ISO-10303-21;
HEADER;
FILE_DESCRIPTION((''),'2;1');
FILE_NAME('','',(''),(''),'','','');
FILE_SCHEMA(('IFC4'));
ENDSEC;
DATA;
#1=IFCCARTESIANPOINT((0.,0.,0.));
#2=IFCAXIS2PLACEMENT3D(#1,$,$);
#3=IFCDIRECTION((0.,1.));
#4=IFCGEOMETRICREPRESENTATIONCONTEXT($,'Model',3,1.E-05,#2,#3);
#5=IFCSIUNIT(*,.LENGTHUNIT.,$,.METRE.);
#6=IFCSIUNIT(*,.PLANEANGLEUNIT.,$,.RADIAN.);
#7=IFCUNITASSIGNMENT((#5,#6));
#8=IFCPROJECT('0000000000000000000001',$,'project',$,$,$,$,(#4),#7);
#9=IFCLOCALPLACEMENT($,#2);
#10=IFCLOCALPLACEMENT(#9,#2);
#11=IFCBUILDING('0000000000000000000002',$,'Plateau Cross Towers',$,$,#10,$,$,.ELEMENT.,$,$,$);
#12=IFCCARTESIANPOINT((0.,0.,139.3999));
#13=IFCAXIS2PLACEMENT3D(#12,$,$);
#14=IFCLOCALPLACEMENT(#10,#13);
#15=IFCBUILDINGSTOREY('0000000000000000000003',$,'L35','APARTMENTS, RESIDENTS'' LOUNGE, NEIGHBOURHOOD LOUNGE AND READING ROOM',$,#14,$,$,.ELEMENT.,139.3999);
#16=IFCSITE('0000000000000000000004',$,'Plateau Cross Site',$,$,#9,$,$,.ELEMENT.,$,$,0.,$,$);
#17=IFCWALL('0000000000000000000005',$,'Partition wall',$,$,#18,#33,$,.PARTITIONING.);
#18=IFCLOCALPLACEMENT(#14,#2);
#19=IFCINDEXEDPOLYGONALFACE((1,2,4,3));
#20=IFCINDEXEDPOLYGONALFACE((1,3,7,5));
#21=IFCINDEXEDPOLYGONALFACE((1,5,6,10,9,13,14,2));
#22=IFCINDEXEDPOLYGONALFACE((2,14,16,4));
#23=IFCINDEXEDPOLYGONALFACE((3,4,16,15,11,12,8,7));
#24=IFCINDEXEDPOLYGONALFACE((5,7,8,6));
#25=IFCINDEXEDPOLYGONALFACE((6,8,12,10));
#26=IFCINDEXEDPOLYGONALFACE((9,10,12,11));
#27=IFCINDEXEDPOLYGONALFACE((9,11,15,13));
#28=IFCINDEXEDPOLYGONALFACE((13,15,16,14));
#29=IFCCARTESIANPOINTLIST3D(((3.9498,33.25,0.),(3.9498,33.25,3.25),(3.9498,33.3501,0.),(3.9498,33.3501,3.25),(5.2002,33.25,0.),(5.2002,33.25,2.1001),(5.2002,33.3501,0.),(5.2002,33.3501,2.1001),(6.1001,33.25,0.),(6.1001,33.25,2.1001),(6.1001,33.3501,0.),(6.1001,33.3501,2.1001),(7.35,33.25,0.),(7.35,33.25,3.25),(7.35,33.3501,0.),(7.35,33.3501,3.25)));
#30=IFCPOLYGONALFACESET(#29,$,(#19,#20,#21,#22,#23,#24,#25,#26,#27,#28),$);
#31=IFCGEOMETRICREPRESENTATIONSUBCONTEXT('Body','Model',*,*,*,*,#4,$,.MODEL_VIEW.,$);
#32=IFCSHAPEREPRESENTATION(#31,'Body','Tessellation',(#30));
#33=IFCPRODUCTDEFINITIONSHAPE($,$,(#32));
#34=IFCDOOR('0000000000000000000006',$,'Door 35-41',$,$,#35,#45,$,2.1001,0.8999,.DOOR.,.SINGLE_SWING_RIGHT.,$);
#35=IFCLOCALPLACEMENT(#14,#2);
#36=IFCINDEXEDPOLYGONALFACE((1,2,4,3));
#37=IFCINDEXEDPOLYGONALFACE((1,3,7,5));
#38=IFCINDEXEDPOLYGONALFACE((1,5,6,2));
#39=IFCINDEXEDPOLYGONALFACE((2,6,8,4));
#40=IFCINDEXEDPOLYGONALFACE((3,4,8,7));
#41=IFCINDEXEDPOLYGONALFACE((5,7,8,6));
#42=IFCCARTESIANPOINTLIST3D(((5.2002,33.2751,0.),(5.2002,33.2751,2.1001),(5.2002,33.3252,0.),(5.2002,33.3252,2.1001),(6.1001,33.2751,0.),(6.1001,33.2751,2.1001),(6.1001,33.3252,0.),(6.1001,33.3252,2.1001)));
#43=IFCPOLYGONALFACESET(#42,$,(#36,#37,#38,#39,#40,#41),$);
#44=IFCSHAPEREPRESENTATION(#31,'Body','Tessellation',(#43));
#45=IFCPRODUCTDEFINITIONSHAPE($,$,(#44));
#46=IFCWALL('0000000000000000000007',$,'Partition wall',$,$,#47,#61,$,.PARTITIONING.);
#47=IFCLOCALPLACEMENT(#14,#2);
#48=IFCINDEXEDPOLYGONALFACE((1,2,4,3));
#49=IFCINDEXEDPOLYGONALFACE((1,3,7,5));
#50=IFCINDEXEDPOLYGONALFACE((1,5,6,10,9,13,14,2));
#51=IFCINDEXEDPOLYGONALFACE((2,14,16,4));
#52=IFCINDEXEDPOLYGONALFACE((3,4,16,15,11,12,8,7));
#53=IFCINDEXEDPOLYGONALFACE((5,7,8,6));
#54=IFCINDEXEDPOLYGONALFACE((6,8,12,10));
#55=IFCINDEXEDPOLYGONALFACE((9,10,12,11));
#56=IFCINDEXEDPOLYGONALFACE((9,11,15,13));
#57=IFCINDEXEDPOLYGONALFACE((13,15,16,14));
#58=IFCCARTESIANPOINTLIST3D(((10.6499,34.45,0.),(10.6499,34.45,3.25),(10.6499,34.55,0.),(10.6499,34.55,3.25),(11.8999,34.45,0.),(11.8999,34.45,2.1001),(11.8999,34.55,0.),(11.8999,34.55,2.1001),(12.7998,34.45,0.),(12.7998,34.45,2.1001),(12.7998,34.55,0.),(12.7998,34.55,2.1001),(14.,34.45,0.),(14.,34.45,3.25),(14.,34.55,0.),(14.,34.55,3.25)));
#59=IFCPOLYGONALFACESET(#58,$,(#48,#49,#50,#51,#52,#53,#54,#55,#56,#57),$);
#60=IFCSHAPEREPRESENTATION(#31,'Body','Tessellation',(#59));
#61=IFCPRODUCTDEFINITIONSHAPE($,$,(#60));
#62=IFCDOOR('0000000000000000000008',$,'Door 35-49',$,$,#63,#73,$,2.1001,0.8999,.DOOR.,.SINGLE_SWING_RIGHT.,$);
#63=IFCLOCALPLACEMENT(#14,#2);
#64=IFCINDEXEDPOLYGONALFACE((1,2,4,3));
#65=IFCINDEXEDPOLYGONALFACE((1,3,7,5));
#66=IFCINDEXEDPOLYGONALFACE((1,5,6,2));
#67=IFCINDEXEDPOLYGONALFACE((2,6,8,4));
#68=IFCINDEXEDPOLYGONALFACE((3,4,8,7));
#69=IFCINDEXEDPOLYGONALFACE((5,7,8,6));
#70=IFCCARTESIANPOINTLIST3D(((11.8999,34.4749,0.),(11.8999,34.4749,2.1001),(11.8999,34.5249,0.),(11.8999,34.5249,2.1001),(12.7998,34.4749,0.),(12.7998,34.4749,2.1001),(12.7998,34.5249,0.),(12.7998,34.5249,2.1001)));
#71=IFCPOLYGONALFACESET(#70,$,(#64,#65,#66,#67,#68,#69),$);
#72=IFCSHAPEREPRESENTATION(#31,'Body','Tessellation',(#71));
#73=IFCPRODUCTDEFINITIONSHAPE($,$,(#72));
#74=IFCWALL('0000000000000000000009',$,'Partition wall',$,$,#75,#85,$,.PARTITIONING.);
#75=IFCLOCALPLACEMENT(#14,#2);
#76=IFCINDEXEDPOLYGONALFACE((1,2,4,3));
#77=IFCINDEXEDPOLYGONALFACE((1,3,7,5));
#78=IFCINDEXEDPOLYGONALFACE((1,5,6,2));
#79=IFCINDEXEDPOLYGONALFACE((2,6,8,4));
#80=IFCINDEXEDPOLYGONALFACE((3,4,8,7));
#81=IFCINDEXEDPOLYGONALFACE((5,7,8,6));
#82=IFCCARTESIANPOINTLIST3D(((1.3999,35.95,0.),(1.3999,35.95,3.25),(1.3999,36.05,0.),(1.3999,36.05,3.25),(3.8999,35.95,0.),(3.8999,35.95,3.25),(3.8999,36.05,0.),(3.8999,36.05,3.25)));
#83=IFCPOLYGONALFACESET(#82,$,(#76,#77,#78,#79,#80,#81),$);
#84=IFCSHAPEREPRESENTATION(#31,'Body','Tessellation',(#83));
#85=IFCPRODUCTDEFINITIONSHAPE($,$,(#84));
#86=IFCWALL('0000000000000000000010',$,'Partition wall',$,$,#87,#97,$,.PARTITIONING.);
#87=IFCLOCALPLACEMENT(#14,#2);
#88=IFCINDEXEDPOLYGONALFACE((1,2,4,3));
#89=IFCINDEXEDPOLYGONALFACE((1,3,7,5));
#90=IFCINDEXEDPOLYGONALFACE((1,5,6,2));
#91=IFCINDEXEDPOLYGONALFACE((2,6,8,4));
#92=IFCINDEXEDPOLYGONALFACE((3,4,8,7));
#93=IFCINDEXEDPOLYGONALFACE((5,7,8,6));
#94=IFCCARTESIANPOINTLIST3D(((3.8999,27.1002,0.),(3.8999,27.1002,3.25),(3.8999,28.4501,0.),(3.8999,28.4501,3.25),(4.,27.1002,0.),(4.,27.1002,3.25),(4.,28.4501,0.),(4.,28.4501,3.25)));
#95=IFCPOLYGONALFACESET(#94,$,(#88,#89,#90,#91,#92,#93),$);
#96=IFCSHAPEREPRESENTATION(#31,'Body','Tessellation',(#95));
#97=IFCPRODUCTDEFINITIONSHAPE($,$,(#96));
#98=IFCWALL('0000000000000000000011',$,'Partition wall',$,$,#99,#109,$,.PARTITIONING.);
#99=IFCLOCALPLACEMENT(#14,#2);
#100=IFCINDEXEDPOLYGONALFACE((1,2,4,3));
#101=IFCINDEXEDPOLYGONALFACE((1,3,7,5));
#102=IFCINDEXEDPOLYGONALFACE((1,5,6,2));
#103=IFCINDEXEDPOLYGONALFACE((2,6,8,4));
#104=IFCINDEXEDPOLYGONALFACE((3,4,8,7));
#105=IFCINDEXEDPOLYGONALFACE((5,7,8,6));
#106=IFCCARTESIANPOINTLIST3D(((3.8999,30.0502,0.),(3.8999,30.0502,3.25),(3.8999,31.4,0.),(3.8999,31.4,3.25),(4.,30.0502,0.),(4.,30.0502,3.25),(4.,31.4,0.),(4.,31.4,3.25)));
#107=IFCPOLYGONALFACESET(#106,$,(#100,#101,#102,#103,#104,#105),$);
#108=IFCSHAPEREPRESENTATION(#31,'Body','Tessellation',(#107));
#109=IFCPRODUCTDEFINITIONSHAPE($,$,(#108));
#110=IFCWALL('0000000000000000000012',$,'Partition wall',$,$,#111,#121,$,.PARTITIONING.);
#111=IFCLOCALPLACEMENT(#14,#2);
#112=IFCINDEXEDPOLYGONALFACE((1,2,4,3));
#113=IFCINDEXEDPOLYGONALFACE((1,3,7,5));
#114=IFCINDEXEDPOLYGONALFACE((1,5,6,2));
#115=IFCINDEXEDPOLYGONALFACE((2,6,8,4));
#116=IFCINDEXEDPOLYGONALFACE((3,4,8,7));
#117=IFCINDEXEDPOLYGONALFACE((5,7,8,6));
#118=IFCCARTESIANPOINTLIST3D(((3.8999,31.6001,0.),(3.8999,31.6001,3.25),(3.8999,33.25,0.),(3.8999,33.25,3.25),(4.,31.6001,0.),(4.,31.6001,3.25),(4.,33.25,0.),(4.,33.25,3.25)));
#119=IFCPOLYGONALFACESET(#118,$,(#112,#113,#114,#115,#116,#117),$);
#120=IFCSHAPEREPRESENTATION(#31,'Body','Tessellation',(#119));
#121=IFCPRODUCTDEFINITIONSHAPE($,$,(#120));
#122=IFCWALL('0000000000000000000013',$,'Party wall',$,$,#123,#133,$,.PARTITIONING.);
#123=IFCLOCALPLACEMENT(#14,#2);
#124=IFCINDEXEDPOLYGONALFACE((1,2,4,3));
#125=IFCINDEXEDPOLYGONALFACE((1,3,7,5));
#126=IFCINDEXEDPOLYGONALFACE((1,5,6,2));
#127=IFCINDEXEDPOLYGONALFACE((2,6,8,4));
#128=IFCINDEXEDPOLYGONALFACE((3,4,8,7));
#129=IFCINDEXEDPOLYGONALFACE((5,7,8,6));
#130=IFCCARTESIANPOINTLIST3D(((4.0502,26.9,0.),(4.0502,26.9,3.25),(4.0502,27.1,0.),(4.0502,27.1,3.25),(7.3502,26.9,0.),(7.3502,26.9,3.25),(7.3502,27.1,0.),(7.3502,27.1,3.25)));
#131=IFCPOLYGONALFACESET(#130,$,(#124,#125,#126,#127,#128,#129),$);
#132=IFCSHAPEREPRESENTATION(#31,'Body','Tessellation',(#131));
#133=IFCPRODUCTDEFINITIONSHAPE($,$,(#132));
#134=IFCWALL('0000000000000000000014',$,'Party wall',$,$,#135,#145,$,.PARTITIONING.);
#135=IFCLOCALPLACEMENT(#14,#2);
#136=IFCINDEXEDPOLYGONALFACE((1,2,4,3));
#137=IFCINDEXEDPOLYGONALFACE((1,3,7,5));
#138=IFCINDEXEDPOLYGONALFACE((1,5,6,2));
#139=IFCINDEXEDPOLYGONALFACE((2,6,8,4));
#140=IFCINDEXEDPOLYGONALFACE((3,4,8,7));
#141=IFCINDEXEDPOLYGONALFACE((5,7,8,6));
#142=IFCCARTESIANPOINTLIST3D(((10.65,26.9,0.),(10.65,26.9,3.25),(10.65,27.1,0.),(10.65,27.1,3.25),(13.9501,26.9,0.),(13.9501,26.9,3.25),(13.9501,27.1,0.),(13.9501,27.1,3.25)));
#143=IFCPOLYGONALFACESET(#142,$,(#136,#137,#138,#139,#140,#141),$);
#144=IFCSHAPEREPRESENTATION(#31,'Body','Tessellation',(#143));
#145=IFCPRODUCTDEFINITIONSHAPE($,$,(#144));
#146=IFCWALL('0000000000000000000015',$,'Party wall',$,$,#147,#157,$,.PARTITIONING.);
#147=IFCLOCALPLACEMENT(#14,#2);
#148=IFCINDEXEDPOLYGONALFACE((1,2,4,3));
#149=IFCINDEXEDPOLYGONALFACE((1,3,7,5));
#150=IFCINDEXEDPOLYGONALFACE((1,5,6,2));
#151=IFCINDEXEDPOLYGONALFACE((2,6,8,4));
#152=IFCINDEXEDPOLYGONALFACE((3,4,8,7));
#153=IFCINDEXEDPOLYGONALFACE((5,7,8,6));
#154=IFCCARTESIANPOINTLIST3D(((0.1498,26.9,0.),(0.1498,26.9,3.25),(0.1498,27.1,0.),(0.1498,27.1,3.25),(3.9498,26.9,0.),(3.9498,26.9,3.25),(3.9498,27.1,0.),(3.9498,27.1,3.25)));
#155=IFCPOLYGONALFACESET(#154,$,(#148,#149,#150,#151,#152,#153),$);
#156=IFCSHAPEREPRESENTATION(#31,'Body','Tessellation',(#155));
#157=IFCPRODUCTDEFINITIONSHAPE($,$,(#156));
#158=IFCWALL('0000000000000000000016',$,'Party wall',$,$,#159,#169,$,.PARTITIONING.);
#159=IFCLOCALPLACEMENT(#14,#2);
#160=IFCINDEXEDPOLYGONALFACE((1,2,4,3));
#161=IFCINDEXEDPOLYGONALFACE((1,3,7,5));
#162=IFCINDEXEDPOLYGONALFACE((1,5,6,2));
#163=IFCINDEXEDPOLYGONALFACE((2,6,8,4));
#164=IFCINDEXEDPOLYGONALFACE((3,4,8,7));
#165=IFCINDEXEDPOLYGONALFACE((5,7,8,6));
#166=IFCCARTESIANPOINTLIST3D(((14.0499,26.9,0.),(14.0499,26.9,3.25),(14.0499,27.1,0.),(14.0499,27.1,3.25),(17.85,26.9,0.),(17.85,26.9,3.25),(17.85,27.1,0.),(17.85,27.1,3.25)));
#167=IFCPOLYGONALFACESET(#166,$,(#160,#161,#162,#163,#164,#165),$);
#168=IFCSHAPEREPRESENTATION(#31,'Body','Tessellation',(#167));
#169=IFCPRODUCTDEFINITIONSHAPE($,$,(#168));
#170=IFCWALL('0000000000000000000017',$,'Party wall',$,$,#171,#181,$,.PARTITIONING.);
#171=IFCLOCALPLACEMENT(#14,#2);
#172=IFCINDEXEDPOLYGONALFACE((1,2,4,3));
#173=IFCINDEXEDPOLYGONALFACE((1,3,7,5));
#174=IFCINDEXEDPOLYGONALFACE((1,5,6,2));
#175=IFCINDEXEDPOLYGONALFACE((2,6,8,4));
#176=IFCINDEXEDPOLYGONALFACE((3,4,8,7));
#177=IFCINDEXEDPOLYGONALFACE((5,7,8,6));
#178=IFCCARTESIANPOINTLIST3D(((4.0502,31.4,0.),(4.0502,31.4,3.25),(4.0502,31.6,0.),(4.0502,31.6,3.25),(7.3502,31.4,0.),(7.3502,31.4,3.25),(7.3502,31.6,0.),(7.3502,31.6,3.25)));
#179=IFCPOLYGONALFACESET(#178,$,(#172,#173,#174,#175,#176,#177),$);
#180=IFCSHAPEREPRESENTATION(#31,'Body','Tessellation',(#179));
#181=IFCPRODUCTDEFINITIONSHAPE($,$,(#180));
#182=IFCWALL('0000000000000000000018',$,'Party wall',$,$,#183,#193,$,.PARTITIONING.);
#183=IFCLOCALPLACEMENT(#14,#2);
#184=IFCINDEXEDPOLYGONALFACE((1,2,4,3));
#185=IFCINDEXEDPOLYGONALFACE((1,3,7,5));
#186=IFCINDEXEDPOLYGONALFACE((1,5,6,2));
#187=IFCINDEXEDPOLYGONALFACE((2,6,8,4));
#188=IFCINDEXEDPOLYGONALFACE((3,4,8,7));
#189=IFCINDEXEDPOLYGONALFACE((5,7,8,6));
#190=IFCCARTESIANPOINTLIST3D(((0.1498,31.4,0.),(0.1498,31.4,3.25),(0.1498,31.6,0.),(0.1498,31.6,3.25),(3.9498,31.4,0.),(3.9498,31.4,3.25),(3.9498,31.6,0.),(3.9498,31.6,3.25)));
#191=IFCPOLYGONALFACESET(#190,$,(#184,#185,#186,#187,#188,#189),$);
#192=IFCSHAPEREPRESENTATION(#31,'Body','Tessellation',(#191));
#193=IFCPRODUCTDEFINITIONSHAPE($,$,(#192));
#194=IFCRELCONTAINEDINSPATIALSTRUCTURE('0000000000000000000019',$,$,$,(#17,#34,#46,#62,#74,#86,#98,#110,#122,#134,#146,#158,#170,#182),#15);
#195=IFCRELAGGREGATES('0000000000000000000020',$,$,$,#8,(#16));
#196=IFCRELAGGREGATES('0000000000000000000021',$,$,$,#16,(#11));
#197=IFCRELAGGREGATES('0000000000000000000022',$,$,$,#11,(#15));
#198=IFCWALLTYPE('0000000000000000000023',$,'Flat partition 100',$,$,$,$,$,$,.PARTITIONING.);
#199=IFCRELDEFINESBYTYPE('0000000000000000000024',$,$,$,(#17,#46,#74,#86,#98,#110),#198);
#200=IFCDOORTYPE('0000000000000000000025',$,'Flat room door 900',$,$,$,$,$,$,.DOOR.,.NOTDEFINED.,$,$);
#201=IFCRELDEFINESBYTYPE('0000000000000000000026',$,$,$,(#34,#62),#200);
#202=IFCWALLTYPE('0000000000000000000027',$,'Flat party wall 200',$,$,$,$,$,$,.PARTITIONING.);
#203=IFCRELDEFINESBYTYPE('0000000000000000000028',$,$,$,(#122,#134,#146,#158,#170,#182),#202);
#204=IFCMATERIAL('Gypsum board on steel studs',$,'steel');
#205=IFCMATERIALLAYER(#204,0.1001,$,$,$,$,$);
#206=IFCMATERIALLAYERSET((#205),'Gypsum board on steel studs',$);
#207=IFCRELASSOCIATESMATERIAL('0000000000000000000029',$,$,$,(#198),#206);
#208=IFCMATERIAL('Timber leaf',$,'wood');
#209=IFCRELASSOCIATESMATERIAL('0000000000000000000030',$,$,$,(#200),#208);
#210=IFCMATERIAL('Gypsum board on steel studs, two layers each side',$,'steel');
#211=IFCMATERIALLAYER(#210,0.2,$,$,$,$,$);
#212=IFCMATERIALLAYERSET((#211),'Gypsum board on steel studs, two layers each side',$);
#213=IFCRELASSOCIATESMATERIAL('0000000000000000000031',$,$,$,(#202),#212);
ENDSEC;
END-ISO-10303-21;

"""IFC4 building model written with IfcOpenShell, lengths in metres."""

from ifc_helpers import new_model, si_unit, direction, frame, frame_2d, origin, place, context, subcontext, project, spatial, rectangle, extrude, material, layer, layer_set, type_object, element, fill, save


model = new_model("IFC4")

# Units and contexts
model_context = context("Model", 3, precision=1e-05, world=origin(), true_north=direction((0.0, 1.0)))
body_context = subcontext(model_context, "Body", "Model", "MODEL_VIEW")
ifc_project = project(units=[si_unit("LENGTHUNIT", "METRE"), si_unit("PLANEANGLEUNIT", "RADIAN")], contexts=[model_context])

# Site, building, storey
site_placement = place(None, origin())
site = spatial("IfcSite", under=ifc_project, at=site_placement, Name="Plateau Cross Site", CompositionType="ELEMENT", RefElevation=0.0)
building_placement = place(site_placement, origin())
building = spatial("IfcBuilding", under=site, at=building_placement, Name="Plateau Cross Towers", CompositionType="ELEMENT")
storey_placement = place(building_placement, frame((0.0, 0.0, 139.3999)))
storey = spatial("IfcBuildingStorey", under=building, at=storey_placement, Name="L35", Description="APARTMENTS, RESIDENTS' LOUNGE, NEIGHBOURHOOD LOUNGE AND READING ROOM", CompositionType="ELEMENT", Elevation=139.3999)

# Walls, openings, doors
ifc_material_1 = material(Name="Gypsum board on steel studs", Category="steel")
ifc_layer_1 = layer(ifc_material_1, 0.1001)
ifc_layer_set_1 = layer_set([ifc_layer_1], Name="Gypsum board on steel studs")
wall_type_1 = type_object("IfcWallType", Name="Flat partition 100", PredefinedType="PARTITIONING", material=ifc_layer_set_1)
ifc_material_2 = material(Name="Timber leaf", Category="wood")
door_type_1 = type_object("IfcDoorType", Name="Flat room door 900", OperationType="NOTDEFINED", PredefinedType="DOOR", material=ifc_material_2)
wall_1_placement = place(storey_placement, frame((7.3501, 33.3, 0.0), z_axis=(0.0, 0.0, 1.0), x_axis=(-1.0, 0.0, 0.0)))
wall_1 = element("IfcWall", 1, at=wall_1_placement, inside=storey, type_object=wall_type_1, Name="Partition wall", PredefinedType="PARTITIONING", context=body_context, shape_type="SweptSolid", body=[
    extrude(rectangle(XDim=3.4001, YDim=0.1001, at=frame_2d((1.7002, 0.0))), origin(), (0.0, 0.0, 1.0), 3.25),
])
opening_1_placement = place(wall_1_placement, frame((1.25, 0.0, 0.0)))
opening_1 = element("IfcOpeningElement", 2, at=opening_1_placement, cuts=wall_1, PredefinedType="OPENING", context=body_context, shape_type="SweptSolid", body=[
    extrude(rectangle(XDim=0.8999, YDim=2.1001, at=frame_2d((0.45, 1.05))), frame((0.0, 0.0601, 0.0), z_axis=(0.0, -1.0, 0.0), x_axis=(1.0, 0.0, 0.0)), (0.0, 0.0, 1.0), 0.1201),
])
door_1_placement = place(opening_1_placement, origin())
door_1 = element("IfcDoor", 3, at=door_1_placement, inside=storey, type_object=door_type_1, Name="Door 35-41", OperationType="SINGLE_SWING_RIGHT", OverallHeight=2.1001, OverallWidth=0.8999, PredefinedType="DOOR", context=body_context, shape_type="SweptSolid", body=[
    extrude(rectangle(XDim=0.8999, YDim=2.1001, at=frame_2d((0.45, 1.05))), frame((0.0, 0.0249, 0.0), z_axis=(0.0, -1.0, 0.0), x_axis=(1.0, 0.0, 0.0)), (0.0, 0.0, 1.0), 0.05),
])
fill(opening_1, door_1)
wall_2_placement = place(storey_placement, frame((10.6499, 34.5, 0.0), z_axis=(0.0, 0.0, 1.0), x_axis=(1.0, 0.0, 0.0)))
wall_2 = element("IfcWall", 4, at=wall_2_placement, inside=storey, type_object=wall_type_1, Name="Partition wall", PredefinedType="PARTITIONING", context=body_context, shape_type="SweptSolid", body=[
    extrude(rectangle(XDim=3.3501, YDim=0.1001, at=frame_2d((1.675, 0.0))), origin(), (0.0, 0.0, 1.0), 3.25),
])
opening_2_placement = place(wall_2_placement, frame((1.25, 0.0, 0.0)))
opening_2 = element("IfcOpeningElement", 5, at=opening_2_placement, cuts=wall_2, PredefinedType="OPENING", context=body_context, shape_type="SweptSolid", body=[
    extrude(rectangle(XDim=0.8999, YDim=2.1001, at=frame_2d((0.45, 1.05))), frame((0.0, 0.0601, 0.0), z_axis=(0.0, -1.0, 0.0), x_axis=(1.0, 0.0, 0.0)), (0.0, 0.0, 1.0), 0.1201),
])
door_2_placement = place(opening_2_placement, origin())
door_2 = element("IfcDoor", 6, at=door_2_placement, inside=storey, type_object=door_type_1, Name="Door 35-49", OperationType="SINGLE_SWING_RIGHT", OverallHeight=2.1001, OverallWidth=0.8999, PredefinedType="DOOR", context=body_context, shape_type="SweptSolid", body=[
    extrude(rectangle(XDim=0.8999, YDim=2.1001, at=frame_2d((0.45, 1.05))), frame((0.0, 0.0249, 0.0), z_axis=(0.0, -1.0, 0.0), x_axis=(1.0, 0.0, 0.0)), (0.0, 0.0, 1.0), 0.05),
])
fill(opening_2, door_2)

# Walls
wall_3_placement = place(storey_placement, frame((1.3999, 36.0, 0.0), z_axis=(0.0, 0.0, 1.0), x_axis=(1.0, 0.0, 0.0)))
element("IfcWall", 7, at=wall_3_placement, inside=storey, type_object=wall_type_1, Name="Partition wall", PredefinedType="PARTITIONING", context=body_context, shape_type="SweptSolid", body=[
    extrude(rectangle(XDim=2.5, YDim=0.1001, at=frame_2d((1.25, 0.0))), origin(), (0.0, 0.0, 1.0), 3.25),
])
for number, where, z_axis, x_axis, name in (
    (8, (3.95, 28.45, 0.0), (0.0, 0.0, 1.0), (0.0, -1.0, 0.0), "Partition wall"),
    (9, (3.95, 31.3999, 0.0), (0.0, 0.0, 1.0), (0.0, -1.0, 0.0), "Partition wall"),
):
    element("IfcWall", number, at=place(storey_placement, frame(where, z_axis=z_axis, x_axis=x_axis)), inside=storey, type_object=wall_type_1, Name=name, PredefinedType="PARTITIONING", context=body_context, shape_type="SweptSolid", body=[
        extrude(rectangle(XDim=1.3499, YDim=0.1001, at=frame_2d((0.6748, 0.0))), origin(), (0.0, 0.0, 1.0), 3.25),
    ])
wall_4_placement = place(storey_placement, frame((3.95, 33.25, 0.0), z_axis=(0.0, 0.0, 1.0), x_axis=(0.0, -1.0, 0.0)))
element("IfcWall", 10, at=wall_4_placement, inside=storey, type_object=wall_type_1, Name="Partition wall", PredefinedType="PARTITIONING", context=body_context, shape_type="SweptSolid", body=[
    extrude(rectangle(XDim=1.6499, YDim=0.1001, at=frame_2d((0.825, 0.0))), origin(), (0.0, 0.0, 1.0), 3.25),
])
ifc_material_3 = material(Name="Gypsum board on steel studs, two layers each side", Category="steel")
ifc_layer_2 = layer(ifc_material_3, 0.2)
ifc_layer_set_2 = layer_set([ifc_layer_2], Name="Gypsum board on steel studs, two layers each side")
wall_type_2 = type_object("IfcWallType", Name="Flat party wall 200", PredefinedType="PARTITIONING", material=ifc_layer_set_2)
for number, where, z_axis, x_axis, name in (
    (11, (7.3501, 27.0, 0.0), (0.0, 0.0, 1.0), (-1.0, 0.0, 0.0), "Party wall"),
    (12, (13.95, 27.0, 0.0), (0.0, 0.0, 1.0), (-1.0, 0.0, 0.0), "Party wall"),
):
    element("IfcWall", number, at=place(storey_placement, frame(where, z_axis=z_axis, x_axis=x_axis)), inside=storey, type_object=wall_type_2, Name=name, PredefinedType="PARTITIONING", context=body_context, shape_type="SweptSolid", body=[
        extrude(rectangle(XDim=3.3, YDim=0.2, at=frame_2d((1.6499, 0.0))), origin(), (0.0, 0.0, 1.0), 3.25),
    ])
for number, where, z_axis, x_axis, name in (
    (13, (0.1499, 27.0, 0.0), (0.0, 0.0, 1.0), (1.0, 0.0, 0.0), "Party wall"),
    (14, (14.05, 27.0, 0.0), (0.0, 0.0, 1.0), (1.0, 0.0, 0.0), "Party wall"),
):
    element("IfcWall", number, at=place(storey_placement, frame(where, z_axis=z_axis, x_axis=x_axis)), inside=storey, type_object=wall_type_2, Name=name, PredefinedType="PARTITIONING", context=body_context, shape_type="SweptSolid", body=[
        extrude(rectangle(XDim=3.8, YDim=0.2, at=frame_2d((1.8999, 0.0))), origin(), (0.0, 0.0, 1.0), 3.25),
    ])
wall_5_placement = place(storey_placement, frame((7.3501, 31.5, 0.0), z_axis=(0.0, 0.0, 1.0), x_axis=(-1.0, 0.0, 0.0)))
element("IfcWall", 15, at=wall_5_placement, inside=storey, type_object=wall_type_2, Name="Party wall", PredefinedType="PARTITIONING", context=body_context, shape_type="SweptSolid", body=[
    extrude(rectangle(XDim=3.3, YDim=0.2, at=frame_2d((1.6499, 0.0))), origin(), (0.0, 0.0, 1.0), 3.25),
])
wall_6_placement = place(storey_placement, frame((0.1499, 31.5, 0.0), z_axis=(0.0, 0.0, 1.0), x_axis=(1.0, 0.0, 0.0)))
element("IfcWall", 16, at=wall_6_placement, inside=storey, type_object=wall_type_2, Name="Party wall", PredefinedType="PARTITIONING", context=body_context, shape_type="SweptSolid", body=[
    extrude(rectangle(XDim=3.8, YDim=0.2, at=frame_2d((1.8999, 0.0))), origin(), (0.0, 0.0, 1.0), 3.25),
])

save(model, "model.ifc")
